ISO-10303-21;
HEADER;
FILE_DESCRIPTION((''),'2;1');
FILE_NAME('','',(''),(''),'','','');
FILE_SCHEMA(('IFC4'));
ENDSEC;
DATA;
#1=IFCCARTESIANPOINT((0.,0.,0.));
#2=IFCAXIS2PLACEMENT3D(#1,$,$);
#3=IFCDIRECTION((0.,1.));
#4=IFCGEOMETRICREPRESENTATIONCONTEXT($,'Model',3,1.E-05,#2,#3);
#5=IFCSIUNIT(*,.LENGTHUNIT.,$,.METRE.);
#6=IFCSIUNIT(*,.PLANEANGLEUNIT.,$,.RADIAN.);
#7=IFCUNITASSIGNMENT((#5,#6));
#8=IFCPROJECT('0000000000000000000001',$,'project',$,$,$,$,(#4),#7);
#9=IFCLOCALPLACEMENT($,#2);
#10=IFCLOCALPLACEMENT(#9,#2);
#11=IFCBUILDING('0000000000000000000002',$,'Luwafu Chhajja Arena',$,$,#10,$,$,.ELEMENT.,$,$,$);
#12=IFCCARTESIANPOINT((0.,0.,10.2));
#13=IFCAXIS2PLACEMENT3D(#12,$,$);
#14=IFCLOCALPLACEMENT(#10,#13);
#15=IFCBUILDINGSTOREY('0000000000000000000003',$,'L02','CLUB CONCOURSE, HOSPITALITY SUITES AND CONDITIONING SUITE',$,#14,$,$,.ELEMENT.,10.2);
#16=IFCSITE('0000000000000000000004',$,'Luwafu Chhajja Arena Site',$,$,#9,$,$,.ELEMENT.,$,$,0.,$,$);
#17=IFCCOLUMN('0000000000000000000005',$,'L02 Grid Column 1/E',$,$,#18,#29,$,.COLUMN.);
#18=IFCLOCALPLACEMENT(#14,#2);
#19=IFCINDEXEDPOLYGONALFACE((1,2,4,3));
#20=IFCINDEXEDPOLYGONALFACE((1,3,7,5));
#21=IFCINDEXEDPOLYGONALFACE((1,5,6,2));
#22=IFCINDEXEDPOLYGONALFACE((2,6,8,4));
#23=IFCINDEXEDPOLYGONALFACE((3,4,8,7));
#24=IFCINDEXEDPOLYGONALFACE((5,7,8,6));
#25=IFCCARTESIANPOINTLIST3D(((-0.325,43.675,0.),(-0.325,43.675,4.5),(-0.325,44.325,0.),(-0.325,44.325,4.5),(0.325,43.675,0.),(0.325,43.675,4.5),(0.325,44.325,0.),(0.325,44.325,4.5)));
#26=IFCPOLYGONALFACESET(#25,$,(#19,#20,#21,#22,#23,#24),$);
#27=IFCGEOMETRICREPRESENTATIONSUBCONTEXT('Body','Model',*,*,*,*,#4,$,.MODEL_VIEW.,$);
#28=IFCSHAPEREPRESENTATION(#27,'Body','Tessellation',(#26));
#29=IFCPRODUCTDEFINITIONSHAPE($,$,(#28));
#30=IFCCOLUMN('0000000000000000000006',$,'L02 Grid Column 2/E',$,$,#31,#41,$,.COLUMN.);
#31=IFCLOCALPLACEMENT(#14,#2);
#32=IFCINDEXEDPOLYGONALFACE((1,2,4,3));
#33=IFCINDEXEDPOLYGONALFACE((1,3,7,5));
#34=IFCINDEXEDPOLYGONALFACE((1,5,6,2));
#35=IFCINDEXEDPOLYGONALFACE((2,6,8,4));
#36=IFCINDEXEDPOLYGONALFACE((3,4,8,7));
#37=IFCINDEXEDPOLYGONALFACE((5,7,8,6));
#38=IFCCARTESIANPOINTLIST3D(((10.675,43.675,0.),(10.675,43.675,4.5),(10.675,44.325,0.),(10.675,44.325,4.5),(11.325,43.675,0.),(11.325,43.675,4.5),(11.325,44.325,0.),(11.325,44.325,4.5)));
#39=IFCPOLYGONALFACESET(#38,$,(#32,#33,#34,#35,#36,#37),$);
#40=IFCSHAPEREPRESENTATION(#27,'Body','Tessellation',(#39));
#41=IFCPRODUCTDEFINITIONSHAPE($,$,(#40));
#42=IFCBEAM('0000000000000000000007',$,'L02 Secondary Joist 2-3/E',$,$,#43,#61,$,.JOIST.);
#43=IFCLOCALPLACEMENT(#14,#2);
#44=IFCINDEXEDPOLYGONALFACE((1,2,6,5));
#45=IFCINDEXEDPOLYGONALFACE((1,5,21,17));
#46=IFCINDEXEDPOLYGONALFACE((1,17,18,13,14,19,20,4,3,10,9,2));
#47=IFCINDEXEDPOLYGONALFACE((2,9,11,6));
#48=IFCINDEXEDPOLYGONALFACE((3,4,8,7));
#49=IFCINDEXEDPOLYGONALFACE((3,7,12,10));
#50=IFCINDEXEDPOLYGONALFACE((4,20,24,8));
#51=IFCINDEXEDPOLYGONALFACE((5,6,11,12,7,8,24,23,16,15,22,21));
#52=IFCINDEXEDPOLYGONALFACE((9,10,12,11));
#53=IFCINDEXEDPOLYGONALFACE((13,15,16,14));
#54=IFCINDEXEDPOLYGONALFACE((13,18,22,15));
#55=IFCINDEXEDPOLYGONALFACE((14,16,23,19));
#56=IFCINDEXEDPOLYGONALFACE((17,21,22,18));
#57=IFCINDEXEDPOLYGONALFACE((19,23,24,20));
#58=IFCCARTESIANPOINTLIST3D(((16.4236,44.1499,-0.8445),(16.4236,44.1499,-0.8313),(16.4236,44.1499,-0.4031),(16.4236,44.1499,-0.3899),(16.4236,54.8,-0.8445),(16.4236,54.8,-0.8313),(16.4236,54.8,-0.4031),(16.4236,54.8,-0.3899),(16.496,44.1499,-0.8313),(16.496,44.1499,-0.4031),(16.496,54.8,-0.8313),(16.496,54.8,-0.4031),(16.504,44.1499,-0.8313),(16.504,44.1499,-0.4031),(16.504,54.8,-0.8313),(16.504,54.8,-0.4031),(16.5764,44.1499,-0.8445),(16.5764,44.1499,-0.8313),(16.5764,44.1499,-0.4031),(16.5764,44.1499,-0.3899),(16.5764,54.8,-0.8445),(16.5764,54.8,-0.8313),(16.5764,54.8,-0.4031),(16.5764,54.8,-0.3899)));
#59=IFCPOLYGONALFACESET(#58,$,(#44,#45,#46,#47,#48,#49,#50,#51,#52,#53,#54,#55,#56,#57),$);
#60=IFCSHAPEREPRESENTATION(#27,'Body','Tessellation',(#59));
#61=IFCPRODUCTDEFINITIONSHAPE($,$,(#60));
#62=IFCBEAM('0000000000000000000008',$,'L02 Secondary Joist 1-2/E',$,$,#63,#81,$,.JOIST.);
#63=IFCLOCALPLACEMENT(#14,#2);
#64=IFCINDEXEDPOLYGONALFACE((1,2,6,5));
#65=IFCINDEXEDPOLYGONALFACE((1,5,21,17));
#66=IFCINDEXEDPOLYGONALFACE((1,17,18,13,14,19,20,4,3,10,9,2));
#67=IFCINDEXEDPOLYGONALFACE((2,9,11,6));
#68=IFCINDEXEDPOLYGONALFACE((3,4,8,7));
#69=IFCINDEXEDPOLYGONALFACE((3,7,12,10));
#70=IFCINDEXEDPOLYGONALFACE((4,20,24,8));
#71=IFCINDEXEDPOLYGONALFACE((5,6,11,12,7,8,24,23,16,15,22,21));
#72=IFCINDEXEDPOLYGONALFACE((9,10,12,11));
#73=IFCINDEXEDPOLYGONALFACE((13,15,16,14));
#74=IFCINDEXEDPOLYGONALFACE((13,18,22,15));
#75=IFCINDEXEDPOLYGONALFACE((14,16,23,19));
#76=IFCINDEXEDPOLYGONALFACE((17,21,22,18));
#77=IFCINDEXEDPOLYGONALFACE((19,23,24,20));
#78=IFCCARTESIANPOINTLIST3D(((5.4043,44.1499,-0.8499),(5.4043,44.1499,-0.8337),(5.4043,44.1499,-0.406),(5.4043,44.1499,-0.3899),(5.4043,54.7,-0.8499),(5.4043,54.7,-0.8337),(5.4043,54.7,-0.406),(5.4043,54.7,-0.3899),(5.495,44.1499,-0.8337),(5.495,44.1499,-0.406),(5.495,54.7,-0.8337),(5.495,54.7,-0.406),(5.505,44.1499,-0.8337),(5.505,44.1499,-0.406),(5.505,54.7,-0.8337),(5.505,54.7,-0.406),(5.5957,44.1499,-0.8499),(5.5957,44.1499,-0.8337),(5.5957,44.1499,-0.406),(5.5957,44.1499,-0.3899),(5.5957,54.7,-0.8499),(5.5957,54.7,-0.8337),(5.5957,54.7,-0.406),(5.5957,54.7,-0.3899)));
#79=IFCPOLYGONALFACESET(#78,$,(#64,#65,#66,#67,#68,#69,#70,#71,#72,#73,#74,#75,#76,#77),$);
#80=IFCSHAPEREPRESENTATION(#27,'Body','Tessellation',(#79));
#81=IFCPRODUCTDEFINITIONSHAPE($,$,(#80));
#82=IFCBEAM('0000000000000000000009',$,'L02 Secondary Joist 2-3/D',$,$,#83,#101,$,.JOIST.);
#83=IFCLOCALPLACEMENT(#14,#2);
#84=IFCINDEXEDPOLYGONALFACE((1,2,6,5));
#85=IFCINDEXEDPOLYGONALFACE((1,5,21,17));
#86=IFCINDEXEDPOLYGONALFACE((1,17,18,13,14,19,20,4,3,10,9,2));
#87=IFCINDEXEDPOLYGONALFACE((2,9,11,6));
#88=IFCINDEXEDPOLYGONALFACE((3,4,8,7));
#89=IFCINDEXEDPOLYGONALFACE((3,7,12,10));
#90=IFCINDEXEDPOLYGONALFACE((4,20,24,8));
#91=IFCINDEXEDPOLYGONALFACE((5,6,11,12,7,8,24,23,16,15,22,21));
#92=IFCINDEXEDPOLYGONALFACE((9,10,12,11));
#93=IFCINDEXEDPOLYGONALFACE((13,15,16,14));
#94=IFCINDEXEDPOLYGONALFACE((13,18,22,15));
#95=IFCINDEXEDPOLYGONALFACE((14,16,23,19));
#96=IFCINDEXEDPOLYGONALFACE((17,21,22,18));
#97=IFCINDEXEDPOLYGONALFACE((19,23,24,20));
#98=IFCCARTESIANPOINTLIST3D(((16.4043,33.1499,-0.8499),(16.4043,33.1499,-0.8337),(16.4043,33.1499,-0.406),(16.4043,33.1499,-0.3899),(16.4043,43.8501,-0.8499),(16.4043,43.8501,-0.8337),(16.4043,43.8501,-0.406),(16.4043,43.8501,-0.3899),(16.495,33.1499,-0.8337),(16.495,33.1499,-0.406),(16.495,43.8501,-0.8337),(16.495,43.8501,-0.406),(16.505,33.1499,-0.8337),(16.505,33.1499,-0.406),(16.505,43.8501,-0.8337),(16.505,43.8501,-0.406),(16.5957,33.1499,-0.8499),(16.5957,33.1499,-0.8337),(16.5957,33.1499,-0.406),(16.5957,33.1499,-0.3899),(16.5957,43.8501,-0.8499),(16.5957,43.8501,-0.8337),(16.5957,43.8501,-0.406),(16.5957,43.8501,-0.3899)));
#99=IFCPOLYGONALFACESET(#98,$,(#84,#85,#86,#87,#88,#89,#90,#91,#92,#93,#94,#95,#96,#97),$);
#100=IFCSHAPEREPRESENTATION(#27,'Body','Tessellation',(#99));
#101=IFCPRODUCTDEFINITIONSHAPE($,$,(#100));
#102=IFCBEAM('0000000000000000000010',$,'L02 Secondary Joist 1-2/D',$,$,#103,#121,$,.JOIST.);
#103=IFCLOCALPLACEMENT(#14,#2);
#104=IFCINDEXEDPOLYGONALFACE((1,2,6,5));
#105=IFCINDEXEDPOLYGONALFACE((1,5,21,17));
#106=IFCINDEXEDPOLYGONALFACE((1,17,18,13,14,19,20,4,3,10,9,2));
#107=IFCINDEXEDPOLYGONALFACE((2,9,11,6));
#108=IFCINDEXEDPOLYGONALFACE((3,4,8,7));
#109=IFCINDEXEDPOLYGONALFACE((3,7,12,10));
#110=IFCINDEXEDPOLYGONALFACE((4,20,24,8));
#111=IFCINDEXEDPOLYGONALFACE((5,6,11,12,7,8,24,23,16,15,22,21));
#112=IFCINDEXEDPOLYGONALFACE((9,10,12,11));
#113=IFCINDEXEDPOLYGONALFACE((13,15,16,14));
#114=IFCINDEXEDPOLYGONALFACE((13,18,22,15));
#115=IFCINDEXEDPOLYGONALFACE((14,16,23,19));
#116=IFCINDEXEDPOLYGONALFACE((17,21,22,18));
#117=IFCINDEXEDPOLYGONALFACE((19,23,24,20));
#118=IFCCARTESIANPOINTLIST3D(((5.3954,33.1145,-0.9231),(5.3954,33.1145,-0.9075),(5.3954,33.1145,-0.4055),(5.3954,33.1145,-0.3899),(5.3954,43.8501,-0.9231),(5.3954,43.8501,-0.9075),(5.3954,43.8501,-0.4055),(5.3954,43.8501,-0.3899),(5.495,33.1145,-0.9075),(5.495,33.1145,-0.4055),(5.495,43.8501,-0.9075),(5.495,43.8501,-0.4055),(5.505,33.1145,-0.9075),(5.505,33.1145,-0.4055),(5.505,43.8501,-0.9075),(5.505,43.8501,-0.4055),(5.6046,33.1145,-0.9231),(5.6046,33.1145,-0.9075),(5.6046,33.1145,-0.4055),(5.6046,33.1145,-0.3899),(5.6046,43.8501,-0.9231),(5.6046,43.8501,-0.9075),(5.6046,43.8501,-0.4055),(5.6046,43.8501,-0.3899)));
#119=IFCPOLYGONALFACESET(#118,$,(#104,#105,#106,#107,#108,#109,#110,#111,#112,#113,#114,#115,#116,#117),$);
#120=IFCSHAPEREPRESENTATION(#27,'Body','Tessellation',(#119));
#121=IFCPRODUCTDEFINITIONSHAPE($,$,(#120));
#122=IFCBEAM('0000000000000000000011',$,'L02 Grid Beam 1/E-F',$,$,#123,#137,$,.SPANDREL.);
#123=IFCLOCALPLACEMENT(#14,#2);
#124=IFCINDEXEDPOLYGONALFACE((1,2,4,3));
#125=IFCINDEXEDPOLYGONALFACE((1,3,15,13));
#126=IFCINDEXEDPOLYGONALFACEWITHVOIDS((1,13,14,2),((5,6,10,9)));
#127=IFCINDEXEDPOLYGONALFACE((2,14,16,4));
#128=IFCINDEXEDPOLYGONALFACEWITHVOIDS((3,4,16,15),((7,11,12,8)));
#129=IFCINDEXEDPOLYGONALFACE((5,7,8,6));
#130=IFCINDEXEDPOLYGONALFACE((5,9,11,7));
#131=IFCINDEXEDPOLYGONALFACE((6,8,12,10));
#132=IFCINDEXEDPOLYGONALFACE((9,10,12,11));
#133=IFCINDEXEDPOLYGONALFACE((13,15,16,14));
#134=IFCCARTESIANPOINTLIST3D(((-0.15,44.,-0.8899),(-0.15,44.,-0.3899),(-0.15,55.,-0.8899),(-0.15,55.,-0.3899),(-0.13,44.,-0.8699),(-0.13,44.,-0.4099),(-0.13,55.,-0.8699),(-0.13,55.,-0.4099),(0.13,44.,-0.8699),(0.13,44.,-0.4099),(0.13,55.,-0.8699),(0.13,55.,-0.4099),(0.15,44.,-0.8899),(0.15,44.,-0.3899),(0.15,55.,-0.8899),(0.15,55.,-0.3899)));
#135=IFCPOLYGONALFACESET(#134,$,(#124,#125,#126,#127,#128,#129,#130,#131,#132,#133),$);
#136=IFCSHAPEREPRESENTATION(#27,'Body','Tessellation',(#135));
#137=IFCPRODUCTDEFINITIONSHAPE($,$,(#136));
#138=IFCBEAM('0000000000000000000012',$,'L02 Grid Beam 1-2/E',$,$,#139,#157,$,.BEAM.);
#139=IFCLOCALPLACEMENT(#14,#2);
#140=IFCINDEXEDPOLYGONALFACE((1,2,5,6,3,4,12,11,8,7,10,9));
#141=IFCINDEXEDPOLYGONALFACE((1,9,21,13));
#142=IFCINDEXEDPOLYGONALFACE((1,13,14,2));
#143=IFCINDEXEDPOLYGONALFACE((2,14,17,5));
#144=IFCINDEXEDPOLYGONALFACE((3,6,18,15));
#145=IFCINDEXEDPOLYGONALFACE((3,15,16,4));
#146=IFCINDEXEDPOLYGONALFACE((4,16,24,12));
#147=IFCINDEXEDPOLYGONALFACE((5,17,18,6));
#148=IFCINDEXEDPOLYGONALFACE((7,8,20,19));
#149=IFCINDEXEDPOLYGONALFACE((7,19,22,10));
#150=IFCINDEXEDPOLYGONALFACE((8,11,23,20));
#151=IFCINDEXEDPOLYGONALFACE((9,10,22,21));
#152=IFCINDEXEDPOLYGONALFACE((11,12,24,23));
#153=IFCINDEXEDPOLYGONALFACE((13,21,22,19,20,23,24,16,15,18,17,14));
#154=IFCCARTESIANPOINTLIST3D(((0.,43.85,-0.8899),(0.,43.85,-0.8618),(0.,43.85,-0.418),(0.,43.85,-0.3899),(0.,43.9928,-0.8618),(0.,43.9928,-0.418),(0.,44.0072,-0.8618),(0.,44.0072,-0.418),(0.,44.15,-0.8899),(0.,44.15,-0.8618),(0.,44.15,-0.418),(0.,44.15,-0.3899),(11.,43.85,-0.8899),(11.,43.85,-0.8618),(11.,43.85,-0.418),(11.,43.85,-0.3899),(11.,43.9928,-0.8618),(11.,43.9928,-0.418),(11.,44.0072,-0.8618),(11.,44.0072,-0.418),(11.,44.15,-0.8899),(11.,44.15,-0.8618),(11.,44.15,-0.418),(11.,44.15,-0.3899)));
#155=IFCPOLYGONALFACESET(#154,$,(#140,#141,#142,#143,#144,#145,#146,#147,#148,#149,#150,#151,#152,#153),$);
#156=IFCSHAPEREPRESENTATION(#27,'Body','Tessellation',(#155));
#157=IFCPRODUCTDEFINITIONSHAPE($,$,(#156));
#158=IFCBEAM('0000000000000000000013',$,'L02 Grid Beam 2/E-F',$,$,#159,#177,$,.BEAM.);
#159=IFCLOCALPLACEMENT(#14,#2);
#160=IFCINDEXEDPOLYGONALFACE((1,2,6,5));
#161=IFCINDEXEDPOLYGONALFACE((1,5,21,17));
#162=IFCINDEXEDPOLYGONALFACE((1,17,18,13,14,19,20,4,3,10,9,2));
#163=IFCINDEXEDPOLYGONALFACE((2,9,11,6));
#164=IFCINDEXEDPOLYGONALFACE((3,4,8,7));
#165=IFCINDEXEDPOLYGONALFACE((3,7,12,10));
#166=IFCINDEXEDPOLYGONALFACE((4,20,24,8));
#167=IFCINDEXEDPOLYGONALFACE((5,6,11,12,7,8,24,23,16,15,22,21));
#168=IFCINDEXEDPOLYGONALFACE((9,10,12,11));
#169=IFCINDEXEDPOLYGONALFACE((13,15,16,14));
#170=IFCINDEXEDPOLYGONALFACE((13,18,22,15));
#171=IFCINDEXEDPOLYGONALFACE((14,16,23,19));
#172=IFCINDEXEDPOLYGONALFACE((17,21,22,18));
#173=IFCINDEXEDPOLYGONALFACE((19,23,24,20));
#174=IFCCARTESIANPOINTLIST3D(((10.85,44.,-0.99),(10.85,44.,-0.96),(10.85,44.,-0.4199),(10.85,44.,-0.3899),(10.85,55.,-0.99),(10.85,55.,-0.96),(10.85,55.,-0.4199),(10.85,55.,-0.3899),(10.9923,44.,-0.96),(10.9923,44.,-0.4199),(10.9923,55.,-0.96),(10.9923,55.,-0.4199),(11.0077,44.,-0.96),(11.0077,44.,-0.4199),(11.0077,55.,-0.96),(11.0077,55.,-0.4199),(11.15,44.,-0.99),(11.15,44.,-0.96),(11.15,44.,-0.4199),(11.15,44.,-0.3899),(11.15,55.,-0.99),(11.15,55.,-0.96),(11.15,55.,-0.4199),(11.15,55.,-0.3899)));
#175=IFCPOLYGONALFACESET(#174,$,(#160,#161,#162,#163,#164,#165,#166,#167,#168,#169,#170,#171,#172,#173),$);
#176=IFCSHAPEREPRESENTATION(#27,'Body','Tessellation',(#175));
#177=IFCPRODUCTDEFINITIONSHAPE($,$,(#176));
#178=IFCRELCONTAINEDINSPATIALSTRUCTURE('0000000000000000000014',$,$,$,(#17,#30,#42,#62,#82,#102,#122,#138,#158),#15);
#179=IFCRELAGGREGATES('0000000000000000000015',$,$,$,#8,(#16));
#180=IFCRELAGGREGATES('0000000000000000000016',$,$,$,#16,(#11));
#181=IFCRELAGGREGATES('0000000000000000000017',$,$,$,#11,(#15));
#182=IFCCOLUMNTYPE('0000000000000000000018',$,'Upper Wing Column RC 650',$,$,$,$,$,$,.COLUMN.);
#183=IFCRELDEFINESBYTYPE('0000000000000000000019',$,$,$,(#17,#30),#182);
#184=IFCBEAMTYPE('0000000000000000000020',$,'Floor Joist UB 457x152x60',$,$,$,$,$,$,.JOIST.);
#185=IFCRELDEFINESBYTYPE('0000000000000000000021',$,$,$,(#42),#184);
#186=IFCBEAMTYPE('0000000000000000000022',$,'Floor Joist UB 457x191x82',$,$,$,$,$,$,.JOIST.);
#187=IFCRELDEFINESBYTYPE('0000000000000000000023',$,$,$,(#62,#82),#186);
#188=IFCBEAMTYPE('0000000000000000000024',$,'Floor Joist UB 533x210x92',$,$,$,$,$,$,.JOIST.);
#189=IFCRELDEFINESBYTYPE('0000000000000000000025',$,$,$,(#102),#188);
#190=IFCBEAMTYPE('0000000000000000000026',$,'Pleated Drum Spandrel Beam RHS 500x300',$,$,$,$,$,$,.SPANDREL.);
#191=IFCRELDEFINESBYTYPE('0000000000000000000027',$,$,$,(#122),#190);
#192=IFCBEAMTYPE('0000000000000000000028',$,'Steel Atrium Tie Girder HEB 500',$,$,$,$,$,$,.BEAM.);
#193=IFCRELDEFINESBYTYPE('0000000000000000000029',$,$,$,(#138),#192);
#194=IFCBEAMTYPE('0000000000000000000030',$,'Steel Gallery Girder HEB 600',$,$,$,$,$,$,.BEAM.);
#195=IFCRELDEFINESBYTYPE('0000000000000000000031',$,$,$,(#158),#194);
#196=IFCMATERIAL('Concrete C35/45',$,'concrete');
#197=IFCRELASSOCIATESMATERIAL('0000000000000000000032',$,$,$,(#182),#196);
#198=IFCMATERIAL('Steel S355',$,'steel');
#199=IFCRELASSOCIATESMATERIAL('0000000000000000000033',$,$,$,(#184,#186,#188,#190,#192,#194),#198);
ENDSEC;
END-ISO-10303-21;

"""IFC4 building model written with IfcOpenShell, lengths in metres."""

from ifc_helpers import new_model, si_unit, direction, frame, origin, origin_2d, place, context, subcontext, project, spatial, rectangle, hollow_rectangle, i_section, extrude, material, material_profile, profile_set, type_object, element, save


model = new_model("IFC4")

# Units and contexts
model_context = context("Model", 3, precision=1e-05, world=origin(), true_north=direction((0.0, 1.0)))
body_context = subcontext(model_context, "Body", "Model", "MODEL_VIEW")
ifc_project = project(units=[si_unit("LENGTHUNIT", "METRE"), si_unit("PLANEANGLEUNIT", "RADIAN")], contexts=[model_context])

# Site, building, storey
site_placement = place(None, origin())
site = spatial("IfcSite", under=ifc_project, at=site_placement, Name="Luwafu Chhajja Arena Site", CompositionType="ELEMENT", RefElevation=0.0)
building_placement = place(site_placement, origin())
building = spatial("IfcBuilding", under=site, at=building_placement, Name="Luwafu Chhajja Arena", CompositionType="ELEMENT")
storey_placement = place(building_placement, frame((0.0, 0.0, 10.2)))
storey = spatial("IfcBuildingStorey", under=building, at=storey_placement, Name="L02", Description="CLUB CONCOURSE, HOSPITALITY SUITES AND CONDITIONING SUITE", CompositionType="ELEMENT", Elevation=10.2)

# Columns
ifc_material_1 = material(Name="Concrete C35/45", Category="concrete")
ifc_material_profile_1 = material_profile(ifc_material_1, rectangle(XDim=0.6499, YDim=0.6499, at=origin_2d()), Name="RC 650x650")
ifc_profile_set_1 = profile_set([ifc_material_profile_1], Name="Concrete C35/45")
column_type = type_object("IfcColumnType", Name="Upper Wing Column RC 650", PredefinedType="COLUMN", material=ifc_profile_set_1)
for number, where, z_axis, x_axis, name in (
    (1, (0.0, 44.0, 0.0), (0.0, 0.0, 1.0), (1.0, 0.0, 0.0), "L02 Grid Column 1/E"),
    (2, (11.0, 44.0, 0.0), (0.0, 0.0, 1.0), (1.0, 0.0, 0.0), "L02 Grid Column 2/E"),
):
    element("IfcColumn", number, at=place(storey_placement, frame(where, z_axis=z_axis, x_axis=x_axis)), inside=storey, type_object=column_type, Name=name, PredefinedType="COLUMN", context=body_context, shape_type="SweptSolid", body=[
        extrude(rectangle(XDim=0.6499, YDim=0.6499, at=origin_2d()), origin(), (0.0, 0.0, 1.0), 4.5),
    ])

# Beams
ifc_material_2 = material(Name="Steel S355", Category="steel")
ifc_material_profile_2 = material_profile(ifc_material_2, i_section(OverallWidth=0.1528, OverallDepth=0.4546, WebThickness=0.0081, FlangeThickness=0.0132, at=origin_2d()), Name="UB 457x152x60")
ifc_profile_set_2 = profile_set([ifc_material_profile_2], Name="Steel S355")
beam_type_1 = type_object("IfcBeamType", Name="Floor Joist UB 457x152x60", PredefinedType="JOIST", material=ifc_profile_set_2)
beam_1_placement = place(storey_placement, frame((16.5, 44.1499, -0.6172), z_axis=(0.0, 1.0, 0.0), x_axis=(-1.0, 0.0, 0.0)))
element("IfcBeam", 3, at=beam_1_placement, inside=storey, type_object=beam_type_1, Name="L02 Secondary Joist 2-3/E", PredefinedType="JOIST", context=body_context, shape_type="SweptSolid", body=[
    extrude(i_section(OverallWidth=0.1528, OverallDepth=0.4546, WebThickness=0.0081, FlangeThickness=0.0132, at=origin_2d()), origin(), (0.0, 0.0, 1.0), 10.6501),
])
ifc_material_profile_3 = material_profile(ifc_material_2, i_section(OverallWidth=0.1914, OverallDepth=0.46, WebThickness=0.01, FlangeThickness=0.0161, at=origin_2d()), Name="UB 457x191x82")
ifc_profile_set_3 = profile_set([ifc_material_profile_3], Name="Steel S355")
beam_type_2 = type_object("IfcBeamType", Name="Floor Joist UB 457x191x82", PredefinedType="JOIST", material=ifc_profile_set_3)
beam_2_placement = place(storey_placement, frame((5.5, 44.1499, -0.6199), z_axis=(0.0, 1.0, 0.0), x_axis=(-1.0, 0.0, 0.0)))
element("IfcBeam", 4, at=beam_2_placement, inside=storey, type_object=beam_type_2, Name="L02 Secondary Joist 1-2/E", PredefinedType="JOIST", context=body_context, shape_type="SweptSolid", body=[
    extrude(i_section(OverallWidth=0.1914, OverallDepth=0.46, WebThickness=0.01, FlangeThickness=0.0161, at=origin_2d()), origin(), (0.0, 0.0, 1.0), 10.55),
])
beam_3_placement = place(storey_placement, frame((16.5, 33.1499, -0.6199), z_axis=(0.0, 1.0, 0.0), x_axis=(-1.0, 0.0, 0.0)))
element("IfcBeam", 5, at=beam_3_placement, inside=storey, type_object=beam_type_2, Name="L02 Secondary Joist 2-3/D", PredefinedType="JOIST", context=body_context, shape_type="SweptSolid", body=[
    extrude(i_section(OverallWidth=0.1914, OverallDepth=0.46, WebThickness=0.01, FlangeThickness=0.0161, at=origin_2d()), origin(), (0.0, 0.0, 1.0), 10.7002),
])
ifc_material_profile_4 = material_profile(ifc_material_2, i_section(OverallWidth=0.2092, OverallDepth=0.5332, WebThickness=0.01, FlangeThickness=0.0156, at=origin_2d()), Name="UB 533x210x92")
ifc_profile_set_4 = profile_set([ifc_material_profile_4], Name="Steel S355")
beam_type_3 = type_object("IfcBeamType", Name="Floor Joist UB 533x210x92", PredefinedType="JOIST", material=ifc_profile_set_4)
beam_4_placement = place(storey_placement, frame((5.5, 33.1145, -0.6565), z_axis=(0.0, 1.0, 0.0), x_axis=(-1.0, 0.0, 0.0)))
element("IfcBeam", 6, at=beam_4_placement, inside=storey, type_object=beam_type_3, Name="L02 Secondary Joist 1-2/D", PredefinedType="JOIST", context=body_context, shape_type="SweptSolid", body=[
    extrude(i_section(OverallWidth=0.2092, OverallDepth=0.5332, WebThickness=0.01, FlangeThickness=0.0156, at=origin_2d()), origin(), (0.0, 0.0, 1.0), 10.7356),
])
ifc_material_profile_5 = material_profile(ifc_material_2, hollow_rectangle(XDim=0.3, YDim=0.5, WallThickness=0.02, at=origin_2d()), Name="RHS 500x300x20")
ifc_profile_set_5 = profile_set([ifc_material_profile_5], Name="Steel S355")
beam_type_4 = type_object("IfcBeamType", Name="Pleated Drum Spandrel Beam RHS 500x300", PredefinedType="SPANDREL", material=ifc_profile_set_5)
beam_5_placement = place(storey_placement, frame((0.0, 44.0, -0.6399), z_axis=(0.0, 1.0, 0.0), x_axis=(-1.0, 0.0, 0.0)))
element("IfcBeam", 7, at=beam_5_placement, inside=storey, type_object=beam_type_4, Name="L02 Grid Beam 1/E-F", PredefinedType="SPANDREL", context=body_context, shape_type="SweptSolid", body=[
    extrude(hollow_rectangle(XDim=0.3, YDim=0.5, WallThickness=0.02, at=origin_2d()), origin(), (0.0, 0.0, 1.0), 11.0),
])
ifc_material_profile_6 = material_profile(ifc_material_2, i_section(OverallWidth=0.3, OverallDepth=0.5, WebThickness=0.0144, FlangeThickness=0.0281, at=origin_2d()), Name="HEB 500")
ifc_profile_set_6 = profile_set([ifc_material_profile_6], Name="Steel S355")
beam_type_5 = type_object("IfcBeamType", Name="Steel Atrium Tie Girder HEB 500", PredefinedType="BEAM", material=ifc_profile_set_6)
beam_6_placement = place(storey_placement, frame((0.0, 44.0, -0.6399), z_axis=(1.0, 0.0, 0.0), x_axis=(0.0, 1.0, 0.0)))
element("IfcBeam", 8, at=beam_6_placement, inside=storey, type_object=beam_type_5, Name="L02 Grid Beam 1-2/E", PredefinedType="BEAM", context=body_context, shape_type="SweptSolid", body=[
    extrude(i_section(OverallWidth=0.3, OverallDepth=0.5, WebThickness=0.0144, FlangeThickness=0.0281, at=origin_2d()), origin(), (0.0, 0.0, 1.0), 11.0),
])
ifc_material_profile_7 = material_profile(ifc_material_2, i_section(OverallWidth=0.3, OverallDepth=0.6001, WebThickness=0.0154, FlangeThickness=0.03, at=origin_2d()), Name="HEB 600")
ifc_profile_set_7 = profile_set([ifc_material_profile_7], Name="Steel S355")
beam_type_6 = type_object("IfcBeamType", Name="Steel Gallery Girder HEB 600", PredefinedType="BEAM", material=ifc_profile_set_7)
beam_7_placement = place(storey_placement, frame((11.0, 44.0, -0.6899), z_axis=(0.0, 1.0, 0.0), x_axis=(-1.0, 0.0, 0.0)))
element("IfcBeam", 9, at=beam_7_placement, inside=storey, type_object=beam_type_6, Name="L02 Grid Beam 2/E-F", PredefinedType="BEAM", context=body_context, shape_type="SweptSolid", body=[
    extrude(i_section(OverallWidth=0.3, OverallDepth=0.6001, WebThickness=0.0154, FlangeThickness=0.03, at=origin_2d()), origin(), (0.0, 0.0, 1.0), 11.0),
])

save(model, "model.ifc")
